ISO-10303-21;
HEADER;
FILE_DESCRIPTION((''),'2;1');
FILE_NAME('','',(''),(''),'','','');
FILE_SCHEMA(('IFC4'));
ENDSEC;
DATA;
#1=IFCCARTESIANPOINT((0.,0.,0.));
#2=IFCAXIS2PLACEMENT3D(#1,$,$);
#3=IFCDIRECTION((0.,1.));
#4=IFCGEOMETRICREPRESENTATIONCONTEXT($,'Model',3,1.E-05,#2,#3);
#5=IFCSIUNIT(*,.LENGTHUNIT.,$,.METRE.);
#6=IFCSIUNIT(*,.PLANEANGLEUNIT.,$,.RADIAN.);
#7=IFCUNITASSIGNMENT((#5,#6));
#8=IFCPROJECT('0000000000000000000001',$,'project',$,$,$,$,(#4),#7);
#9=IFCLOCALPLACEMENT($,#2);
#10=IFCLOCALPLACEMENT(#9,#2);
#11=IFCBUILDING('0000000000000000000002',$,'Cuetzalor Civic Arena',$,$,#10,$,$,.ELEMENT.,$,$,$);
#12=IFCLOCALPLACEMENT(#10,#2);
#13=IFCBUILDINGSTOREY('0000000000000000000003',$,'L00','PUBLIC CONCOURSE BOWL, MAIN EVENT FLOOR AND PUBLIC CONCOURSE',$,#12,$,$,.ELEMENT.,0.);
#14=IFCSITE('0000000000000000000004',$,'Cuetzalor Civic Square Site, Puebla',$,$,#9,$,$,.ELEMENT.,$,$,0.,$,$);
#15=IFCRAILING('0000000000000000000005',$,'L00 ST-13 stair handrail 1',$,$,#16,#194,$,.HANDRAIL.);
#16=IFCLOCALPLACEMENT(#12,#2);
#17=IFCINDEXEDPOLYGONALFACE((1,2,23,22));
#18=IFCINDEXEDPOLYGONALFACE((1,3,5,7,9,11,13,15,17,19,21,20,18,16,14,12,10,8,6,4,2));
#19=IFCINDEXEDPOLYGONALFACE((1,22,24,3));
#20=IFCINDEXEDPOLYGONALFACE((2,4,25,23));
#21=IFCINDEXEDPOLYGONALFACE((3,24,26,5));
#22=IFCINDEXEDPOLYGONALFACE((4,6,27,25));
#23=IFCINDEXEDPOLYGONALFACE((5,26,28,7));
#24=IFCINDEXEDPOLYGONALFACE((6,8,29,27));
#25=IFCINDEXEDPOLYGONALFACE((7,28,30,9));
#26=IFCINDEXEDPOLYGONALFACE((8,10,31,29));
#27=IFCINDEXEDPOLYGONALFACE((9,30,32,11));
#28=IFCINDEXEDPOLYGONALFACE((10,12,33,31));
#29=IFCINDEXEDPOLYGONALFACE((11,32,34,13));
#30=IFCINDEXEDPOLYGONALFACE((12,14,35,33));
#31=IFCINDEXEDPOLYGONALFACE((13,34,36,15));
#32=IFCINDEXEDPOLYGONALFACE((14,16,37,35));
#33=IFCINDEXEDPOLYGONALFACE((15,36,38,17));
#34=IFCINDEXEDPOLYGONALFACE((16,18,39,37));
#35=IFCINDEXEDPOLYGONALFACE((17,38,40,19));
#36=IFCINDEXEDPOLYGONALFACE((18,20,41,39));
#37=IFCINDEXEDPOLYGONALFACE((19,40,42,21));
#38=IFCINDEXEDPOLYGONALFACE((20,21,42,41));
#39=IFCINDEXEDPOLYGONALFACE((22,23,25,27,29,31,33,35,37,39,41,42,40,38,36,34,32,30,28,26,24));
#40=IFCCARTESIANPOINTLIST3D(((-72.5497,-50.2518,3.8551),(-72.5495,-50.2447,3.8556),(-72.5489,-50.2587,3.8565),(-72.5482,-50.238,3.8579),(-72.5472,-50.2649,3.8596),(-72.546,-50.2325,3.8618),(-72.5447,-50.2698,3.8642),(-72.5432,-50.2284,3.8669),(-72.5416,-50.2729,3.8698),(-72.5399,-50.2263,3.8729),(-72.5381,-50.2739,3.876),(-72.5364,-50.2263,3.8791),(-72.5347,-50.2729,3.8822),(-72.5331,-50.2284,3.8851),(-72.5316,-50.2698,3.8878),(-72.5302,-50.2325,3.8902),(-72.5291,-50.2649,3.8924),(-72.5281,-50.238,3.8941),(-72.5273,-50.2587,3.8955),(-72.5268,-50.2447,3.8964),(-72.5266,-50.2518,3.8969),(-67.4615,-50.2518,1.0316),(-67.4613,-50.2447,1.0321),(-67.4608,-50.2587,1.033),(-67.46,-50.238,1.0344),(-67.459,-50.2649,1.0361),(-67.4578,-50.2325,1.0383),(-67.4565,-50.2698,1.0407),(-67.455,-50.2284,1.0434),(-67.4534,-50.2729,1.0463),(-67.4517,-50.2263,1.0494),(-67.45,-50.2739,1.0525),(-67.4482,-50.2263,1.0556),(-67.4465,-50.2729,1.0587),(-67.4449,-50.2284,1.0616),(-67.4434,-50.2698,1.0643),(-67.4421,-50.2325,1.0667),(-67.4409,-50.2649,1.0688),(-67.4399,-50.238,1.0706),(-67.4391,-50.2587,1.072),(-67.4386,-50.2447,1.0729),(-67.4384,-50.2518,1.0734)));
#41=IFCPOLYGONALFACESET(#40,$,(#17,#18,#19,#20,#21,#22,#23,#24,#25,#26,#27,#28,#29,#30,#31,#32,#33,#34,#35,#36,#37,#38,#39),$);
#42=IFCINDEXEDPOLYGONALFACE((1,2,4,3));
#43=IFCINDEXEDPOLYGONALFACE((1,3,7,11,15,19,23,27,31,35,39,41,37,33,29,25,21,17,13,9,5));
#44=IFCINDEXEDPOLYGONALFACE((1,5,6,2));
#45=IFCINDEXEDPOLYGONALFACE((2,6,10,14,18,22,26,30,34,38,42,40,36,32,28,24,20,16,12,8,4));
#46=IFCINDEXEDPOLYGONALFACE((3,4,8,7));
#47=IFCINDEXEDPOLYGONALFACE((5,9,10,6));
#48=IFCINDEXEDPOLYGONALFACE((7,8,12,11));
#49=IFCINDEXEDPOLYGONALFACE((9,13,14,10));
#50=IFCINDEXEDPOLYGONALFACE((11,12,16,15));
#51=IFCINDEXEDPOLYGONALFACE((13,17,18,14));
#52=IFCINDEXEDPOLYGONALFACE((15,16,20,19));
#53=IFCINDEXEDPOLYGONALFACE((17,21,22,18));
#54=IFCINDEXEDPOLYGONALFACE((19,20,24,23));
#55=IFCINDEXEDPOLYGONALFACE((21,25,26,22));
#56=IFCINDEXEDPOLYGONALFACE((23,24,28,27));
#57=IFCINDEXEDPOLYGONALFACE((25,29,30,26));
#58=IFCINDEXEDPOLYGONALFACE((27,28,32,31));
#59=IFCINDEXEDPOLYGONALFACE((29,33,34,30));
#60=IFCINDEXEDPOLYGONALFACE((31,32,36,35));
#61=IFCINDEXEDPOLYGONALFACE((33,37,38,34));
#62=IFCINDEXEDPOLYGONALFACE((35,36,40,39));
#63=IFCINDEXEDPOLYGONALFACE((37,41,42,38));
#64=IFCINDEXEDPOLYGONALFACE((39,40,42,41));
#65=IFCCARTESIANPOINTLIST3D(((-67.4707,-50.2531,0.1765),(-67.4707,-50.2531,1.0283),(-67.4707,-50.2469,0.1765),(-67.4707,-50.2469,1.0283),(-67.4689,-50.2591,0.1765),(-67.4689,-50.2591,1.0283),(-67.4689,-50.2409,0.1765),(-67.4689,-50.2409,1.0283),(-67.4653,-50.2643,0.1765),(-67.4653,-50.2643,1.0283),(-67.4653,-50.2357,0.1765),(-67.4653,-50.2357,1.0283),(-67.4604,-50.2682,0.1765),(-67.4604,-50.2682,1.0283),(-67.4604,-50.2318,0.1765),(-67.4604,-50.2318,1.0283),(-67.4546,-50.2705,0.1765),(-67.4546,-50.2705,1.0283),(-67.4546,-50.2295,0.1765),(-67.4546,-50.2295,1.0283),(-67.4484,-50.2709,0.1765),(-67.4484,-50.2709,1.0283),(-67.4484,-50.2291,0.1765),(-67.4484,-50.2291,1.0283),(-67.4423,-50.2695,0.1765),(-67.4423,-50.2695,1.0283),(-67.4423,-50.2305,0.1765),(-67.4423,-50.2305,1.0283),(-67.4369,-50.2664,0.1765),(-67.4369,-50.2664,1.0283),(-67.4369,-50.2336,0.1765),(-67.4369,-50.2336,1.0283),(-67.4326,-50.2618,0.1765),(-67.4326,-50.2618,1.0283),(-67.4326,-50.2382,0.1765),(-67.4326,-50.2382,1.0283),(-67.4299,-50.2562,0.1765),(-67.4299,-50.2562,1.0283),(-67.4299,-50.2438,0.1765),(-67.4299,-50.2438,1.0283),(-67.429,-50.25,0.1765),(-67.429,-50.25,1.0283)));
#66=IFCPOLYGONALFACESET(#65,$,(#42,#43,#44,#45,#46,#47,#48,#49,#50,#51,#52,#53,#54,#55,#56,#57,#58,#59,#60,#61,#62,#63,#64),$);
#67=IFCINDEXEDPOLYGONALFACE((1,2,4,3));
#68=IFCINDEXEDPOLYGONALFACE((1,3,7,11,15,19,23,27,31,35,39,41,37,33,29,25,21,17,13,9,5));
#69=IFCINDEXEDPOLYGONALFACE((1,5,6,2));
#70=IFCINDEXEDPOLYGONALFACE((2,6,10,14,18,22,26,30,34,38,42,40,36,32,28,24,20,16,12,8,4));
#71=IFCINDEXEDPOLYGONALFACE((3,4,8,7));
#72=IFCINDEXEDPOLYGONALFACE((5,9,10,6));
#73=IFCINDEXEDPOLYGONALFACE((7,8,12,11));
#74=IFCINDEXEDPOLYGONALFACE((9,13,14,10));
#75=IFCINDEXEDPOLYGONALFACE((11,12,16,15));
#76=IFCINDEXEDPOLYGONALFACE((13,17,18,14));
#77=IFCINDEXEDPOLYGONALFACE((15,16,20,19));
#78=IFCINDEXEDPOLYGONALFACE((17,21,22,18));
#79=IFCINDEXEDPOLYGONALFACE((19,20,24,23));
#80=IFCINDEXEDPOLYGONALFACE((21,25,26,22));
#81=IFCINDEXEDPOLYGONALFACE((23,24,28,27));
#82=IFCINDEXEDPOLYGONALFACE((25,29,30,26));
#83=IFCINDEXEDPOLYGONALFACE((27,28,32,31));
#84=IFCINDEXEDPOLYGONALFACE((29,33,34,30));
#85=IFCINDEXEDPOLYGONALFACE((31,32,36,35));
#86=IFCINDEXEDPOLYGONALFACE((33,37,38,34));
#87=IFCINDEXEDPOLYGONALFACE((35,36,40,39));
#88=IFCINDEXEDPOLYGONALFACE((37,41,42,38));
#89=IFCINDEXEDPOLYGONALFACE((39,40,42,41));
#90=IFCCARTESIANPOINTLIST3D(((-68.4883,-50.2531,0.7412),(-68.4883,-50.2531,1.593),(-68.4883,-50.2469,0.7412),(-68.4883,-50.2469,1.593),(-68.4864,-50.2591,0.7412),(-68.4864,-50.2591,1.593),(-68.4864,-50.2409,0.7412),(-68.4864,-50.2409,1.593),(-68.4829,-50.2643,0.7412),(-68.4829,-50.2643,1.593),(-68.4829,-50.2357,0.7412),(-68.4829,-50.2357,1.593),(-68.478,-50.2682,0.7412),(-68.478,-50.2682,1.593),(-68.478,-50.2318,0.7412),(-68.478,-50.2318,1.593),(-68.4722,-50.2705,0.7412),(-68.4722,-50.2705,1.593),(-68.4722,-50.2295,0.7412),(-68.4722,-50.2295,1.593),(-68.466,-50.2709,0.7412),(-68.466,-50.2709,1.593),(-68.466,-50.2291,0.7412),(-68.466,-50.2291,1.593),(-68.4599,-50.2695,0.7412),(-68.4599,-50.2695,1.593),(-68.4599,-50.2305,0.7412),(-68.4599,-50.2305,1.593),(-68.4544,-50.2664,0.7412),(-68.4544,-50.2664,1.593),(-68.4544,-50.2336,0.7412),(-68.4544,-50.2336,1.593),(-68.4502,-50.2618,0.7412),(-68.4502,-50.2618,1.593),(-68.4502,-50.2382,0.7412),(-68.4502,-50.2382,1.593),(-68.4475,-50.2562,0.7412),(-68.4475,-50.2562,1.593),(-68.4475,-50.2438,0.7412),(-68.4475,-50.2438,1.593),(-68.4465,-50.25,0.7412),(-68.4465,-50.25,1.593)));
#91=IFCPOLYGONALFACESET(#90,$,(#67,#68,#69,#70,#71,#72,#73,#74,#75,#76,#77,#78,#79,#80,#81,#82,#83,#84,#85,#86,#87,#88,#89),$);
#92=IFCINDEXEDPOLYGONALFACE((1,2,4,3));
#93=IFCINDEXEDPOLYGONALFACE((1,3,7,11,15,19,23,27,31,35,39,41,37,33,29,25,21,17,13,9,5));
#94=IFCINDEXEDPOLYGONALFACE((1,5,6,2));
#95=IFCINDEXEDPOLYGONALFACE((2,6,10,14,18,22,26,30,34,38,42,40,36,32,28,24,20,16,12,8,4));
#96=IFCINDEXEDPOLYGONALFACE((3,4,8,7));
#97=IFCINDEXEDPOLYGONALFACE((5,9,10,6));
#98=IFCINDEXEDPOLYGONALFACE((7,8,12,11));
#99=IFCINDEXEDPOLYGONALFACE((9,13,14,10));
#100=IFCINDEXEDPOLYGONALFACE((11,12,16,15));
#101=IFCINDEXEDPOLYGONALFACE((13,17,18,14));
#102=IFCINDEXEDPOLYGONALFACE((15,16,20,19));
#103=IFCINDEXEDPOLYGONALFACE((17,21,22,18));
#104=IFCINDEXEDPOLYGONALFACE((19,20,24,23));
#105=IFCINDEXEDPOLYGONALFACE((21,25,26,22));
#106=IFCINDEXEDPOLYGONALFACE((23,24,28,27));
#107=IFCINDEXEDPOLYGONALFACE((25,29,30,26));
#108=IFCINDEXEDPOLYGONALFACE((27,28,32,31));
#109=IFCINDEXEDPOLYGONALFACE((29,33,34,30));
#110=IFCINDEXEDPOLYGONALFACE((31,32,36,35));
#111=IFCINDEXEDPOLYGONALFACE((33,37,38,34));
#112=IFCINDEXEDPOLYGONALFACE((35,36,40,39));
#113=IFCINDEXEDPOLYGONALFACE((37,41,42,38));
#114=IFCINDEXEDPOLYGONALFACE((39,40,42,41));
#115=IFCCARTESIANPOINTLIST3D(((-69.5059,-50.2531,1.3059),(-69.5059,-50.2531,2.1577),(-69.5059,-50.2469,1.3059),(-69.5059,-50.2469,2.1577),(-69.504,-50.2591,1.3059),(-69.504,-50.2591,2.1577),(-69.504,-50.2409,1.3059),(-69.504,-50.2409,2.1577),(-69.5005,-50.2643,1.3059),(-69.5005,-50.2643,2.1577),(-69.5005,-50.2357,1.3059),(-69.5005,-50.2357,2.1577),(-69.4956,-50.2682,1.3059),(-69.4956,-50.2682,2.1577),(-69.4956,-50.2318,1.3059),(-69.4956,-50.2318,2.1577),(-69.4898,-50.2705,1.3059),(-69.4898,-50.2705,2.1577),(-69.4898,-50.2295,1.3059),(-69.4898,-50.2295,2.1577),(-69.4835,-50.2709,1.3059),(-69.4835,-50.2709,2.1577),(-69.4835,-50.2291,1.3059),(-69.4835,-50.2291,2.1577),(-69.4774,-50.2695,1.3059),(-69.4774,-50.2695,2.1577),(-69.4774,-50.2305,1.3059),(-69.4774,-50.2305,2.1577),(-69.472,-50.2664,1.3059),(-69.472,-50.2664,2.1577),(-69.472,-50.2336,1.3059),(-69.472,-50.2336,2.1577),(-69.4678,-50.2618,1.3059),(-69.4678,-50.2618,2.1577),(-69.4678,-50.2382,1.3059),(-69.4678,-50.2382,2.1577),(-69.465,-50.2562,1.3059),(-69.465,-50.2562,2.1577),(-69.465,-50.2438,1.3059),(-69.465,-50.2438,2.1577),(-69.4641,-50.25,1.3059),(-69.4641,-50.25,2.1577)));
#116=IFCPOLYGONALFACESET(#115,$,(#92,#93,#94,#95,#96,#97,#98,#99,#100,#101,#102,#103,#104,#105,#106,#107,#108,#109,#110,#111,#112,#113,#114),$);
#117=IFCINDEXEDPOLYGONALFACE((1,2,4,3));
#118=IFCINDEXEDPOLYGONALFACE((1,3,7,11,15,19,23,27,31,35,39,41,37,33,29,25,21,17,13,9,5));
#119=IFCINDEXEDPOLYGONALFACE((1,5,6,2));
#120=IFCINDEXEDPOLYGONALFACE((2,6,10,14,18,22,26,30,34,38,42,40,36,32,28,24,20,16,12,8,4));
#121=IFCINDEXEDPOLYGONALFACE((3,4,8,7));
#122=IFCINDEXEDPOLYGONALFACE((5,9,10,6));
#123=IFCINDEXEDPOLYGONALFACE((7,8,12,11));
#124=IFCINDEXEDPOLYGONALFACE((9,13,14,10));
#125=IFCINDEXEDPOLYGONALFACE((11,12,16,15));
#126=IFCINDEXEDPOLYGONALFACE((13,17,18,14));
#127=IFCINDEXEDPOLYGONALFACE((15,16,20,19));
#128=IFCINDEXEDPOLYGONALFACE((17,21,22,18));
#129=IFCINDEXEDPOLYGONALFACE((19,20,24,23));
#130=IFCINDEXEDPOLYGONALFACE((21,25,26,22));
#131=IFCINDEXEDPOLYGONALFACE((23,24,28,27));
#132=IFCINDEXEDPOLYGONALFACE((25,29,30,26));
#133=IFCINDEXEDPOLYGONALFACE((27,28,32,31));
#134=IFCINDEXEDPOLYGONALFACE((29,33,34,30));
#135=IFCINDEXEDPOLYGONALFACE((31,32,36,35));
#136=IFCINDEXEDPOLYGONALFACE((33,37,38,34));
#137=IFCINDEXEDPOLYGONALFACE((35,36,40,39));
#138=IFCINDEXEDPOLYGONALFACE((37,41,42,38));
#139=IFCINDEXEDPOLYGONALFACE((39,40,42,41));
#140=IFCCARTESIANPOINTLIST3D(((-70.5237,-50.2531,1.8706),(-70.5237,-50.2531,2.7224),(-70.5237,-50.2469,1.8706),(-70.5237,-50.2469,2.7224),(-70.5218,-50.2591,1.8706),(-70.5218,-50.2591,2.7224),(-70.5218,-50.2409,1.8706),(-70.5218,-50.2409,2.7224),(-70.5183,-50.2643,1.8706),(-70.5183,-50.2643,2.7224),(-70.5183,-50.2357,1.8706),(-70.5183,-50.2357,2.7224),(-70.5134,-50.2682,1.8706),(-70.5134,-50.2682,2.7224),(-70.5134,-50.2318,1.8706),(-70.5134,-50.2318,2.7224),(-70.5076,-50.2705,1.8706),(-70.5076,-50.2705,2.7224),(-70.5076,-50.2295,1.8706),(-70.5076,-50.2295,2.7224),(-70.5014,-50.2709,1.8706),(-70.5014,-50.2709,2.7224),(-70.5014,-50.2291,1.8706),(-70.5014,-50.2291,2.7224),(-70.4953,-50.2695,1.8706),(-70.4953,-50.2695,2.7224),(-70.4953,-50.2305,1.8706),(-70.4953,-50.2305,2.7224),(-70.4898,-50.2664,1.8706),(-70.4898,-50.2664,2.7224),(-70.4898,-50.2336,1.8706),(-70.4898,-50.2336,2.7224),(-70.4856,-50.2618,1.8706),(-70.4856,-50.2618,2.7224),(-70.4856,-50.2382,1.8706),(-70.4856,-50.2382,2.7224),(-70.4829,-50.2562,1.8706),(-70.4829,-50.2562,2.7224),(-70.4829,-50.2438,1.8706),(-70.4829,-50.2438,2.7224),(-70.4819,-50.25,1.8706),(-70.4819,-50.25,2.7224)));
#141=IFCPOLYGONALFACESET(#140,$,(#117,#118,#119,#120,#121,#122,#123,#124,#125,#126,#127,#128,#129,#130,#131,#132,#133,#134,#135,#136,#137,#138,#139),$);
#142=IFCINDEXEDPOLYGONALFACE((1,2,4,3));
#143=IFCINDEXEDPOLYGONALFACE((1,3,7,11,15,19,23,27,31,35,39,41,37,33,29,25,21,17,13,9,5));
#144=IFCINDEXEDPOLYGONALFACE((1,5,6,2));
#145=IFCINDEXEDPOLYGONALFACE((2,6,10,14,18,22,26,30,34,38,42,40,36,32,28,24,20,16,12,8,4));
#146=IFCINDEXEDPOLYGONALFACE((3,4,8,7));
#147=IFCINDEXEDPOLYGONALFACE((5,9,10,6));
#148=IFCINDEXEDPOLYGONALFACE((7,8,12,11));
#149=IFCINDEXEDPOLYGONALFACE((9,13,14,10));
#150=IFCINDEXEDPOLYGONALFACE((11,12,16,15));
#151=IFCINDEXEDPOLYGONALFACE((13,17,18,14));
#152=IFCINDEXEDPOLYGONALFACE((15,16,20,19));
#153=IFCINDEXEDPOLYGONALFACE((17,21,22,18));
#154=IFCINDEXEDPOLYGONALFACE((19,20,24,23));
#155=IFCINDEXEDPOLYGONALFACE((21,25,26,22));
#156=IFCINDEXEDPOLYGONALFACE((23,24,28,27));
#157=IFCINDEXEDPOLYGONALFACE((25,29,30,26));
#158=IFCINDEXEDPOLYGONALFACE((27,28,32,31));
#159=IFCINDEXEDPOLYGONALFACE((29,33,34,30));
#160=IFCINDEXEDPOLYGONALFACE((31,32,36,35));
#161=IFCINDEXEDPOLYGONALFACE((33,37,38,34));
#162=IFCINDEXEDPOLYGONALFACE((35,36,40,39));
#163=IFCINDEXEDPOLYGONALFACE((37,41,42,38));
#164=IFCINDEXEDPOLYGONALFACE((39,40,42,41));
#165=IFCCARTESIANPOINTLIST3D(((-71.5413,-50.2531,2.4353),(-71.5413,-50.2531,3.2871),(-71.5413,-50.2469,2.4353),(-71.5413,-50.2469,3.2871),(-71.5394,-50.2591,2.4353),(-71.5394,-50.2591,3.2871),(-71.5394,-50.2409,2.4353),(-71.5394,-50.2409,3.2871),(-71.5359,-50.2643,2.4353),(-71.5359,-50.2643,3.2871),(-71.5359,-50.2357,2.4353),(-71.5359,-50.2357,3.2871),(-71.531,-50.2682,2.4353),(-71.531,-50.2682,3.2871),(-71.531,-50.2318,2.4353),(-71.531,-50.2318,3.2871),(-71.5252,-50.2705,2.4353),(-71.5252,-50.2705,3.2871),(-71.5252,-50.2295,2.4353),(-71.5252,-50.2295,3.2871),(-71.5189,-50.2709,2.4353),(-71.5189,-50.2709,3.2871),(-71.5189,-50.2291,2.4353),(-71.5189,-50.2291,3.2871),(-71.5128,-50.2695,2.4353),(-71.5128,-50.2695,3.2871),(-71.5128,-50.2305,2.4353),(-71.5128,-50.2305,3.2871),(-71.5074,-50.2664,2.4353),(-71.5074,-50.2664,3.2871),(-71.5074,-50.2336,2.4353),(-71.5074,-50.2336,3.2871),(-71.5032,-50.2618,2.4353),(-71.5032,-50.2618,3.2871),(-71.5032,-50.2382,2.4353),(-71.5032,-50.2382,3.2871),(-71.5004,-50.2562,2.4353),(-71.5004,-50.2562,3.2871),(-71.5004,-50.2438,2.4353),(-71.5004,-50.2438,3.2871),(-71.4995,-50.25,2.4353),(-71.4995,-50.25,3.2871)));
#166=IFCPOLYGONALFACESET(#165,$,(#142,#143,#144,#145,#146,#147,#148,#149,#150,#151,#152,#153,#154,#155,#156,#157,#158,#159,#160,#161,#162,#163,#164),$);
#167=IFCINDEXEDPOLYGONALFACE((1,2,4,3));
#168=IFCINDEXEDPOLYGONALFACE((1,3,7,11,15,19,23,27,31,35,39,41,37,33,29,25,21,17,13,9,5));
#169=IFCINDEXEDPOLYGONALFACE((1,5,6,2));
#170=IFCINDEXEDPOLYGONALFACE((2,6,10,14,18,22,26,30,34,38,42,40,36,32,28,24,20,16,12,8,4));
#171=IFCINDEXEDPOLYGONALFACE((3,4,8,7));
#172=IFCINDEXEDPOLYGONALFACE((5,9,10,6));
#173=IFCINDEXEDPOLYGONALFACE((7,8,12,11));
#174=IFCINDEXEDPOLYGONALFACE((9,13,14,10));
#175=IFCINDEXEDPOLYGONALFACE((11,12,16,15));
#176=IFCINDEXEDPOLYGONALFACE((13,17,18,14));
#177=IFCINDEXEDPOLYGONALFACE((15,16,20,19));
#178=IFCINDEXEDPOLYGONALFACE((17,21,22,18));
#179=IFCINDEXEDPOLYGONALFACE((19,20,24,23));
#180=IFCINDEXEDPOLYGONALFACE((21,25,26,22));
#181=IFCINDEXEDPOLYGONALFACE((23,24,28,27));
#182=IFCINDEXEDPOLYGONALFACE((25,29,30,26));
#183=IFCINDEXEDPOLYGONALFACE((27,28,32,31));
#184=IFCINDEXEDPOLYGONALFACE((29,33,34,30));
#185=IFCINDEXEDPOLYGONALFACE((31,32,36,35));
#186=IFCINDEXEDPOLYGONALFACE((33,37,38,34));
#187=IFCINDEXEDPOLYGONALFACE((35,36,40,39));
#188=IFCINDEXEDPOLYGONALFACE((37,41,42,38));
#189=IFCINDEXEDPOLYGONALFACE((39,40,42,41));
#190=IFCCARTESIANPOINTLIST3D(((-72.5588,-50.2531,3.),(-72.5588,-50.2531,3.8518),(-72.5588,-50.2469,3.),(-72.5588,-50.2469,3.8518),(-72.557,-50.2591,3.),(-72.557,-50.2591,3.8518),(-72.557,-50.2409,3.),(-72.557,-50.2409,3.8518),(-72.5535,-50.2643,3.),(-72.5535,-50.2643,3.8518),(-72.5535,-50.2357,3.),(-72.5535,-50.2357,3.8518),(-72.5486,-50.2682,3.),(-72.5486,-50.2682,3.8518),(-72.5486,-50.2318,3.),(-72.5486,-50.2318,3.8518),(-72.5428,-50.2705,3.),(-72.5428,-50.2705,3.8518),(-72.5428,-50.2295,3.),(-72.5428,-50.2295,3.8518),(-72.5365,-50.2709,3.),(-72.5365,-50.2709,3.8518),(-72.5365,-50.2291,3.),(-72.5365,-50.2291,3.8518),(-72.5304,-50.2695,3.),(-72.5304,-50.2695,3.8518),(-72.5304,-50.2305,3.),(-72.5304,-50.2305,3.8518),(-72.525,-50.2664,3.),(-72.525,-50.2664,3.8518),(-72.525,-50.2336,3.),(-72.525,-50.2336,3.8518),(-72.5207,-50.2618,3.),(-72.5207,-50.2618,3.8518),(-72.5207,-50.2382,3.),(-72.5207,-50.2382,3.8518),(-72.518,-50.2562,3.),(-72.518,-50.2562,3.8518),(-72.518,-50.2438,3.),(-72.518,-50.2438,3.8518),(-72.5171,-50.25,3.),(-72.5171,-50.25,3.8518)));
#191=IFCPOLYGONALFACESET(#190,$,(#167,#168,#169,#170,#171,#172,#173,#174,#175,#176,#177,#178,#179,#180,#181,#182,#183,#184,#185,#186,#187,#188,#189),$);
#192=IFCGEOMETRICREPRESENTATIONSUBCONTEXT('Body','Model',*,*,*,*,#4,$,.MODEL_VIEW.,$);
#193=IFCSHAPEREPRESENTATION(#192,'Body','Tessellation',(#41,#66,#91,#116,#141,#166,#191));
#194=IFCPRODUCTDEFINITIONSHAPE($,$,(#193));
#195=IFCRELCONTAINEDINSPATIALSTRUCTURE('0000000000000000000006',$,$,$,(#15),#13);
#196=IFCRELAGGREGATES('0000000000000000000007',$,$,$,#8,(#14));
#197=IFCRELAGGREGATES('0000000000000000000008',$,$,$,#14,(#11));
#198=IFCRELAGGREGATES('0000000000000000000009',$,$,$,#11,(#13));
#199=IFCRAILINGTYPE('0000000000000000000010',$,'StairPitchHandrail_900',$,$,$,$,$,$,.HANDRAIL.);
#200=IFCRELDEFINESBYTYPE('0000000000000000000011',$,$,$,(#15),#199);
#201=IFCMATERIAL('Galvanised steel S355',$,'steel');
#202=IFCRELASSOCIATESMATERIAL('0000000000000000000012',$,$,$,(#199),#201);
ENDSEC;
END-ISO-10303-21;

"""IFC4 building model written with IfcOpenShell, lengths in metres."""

from ifc_helpers import new_model, si_unit, direction, frame, origin, origin_2d, place, context, subcontext, project, spatial, circle, extrude, material, type_object, element, save


model = new_model("IFC4")

# Units and contexts
model_context = context("Model", 3, precision=1e-05, world=origin(), true_north=direction((0.0, 1.0)))
body_context = subcontext(model_context, "Body", "Model", "MODEL_VIEW")
ifc_project = project(units=[si_unit("LENGTHUNIT", "METRE"), si_unit("PLANEANGLEUNIT", "RADIAN")], contexts=[model_context])

# Site, building, storey
site_placement = place(None, origin())
site = spatial("IfcSite", under=ifc_project, at=site_placement, Name="Cuetzalor Civic Square Site, Puebla", CompositionType="ELEMENT", RefElevation=0.0)
building_placement = place(site_placement, origin())
building = spatial("IfcBuilding", under=site, at=building_placement, Name="Cuetzalor Civic Arena", CompositionType="ELEMENT")
storey_placement = place(building_placement, origin())
storey = spatial("IfcBuildingStorey", under=building, at=storey_placement, Name="L00", Description="PUBLIC CONCOURSE BOWL, MAIN EVENT FLOOR AND PUBLIC CONCOURSE", CompositionType="ELEMENT", Elevation=0.0)

# Railing
ifc_material_1 = material(Name="Galvanised steel S355", Category="steel")
railing_type_1 = type_object("IfcRailingType", Name="StairPitchHandrail_900", PredefinedType="HANDRAIL", material=ifc_material_1)
for number, where, name in (
    (1, (-67.45, -50.25, 0.1765), "L00 ST-13 stair handrail 1"),
):
    element("IfcRailing", number, at=place(storey_placement, frame(where)), inside=storey, type_object=railing_type_1, Name=name, PredefinedType="HANDRAIL", context=body_context, shape_type="SweptSolid", body=[
        extrude(circle(Radius=0.0239, at=origin_2d()), frame((0.0, 0.0, 0.876), z_axis=(-0.874395, 0.0, 0.485215), x_axis=(0.0, -1.0, 0.0)), (0.0, 0.0, 1.0), 5.8191),
        extrude(circle(Radius=0.021, at=origin_2d()), origin(), (0.0, 0.0, 1.0), 0.8518),
        extrude(circle(Radius=0.021, at=origin_2d()), frame((-1.0176, 0.0, 0.5647)), (0.0, 0.0, 1.0), 0.8518),
        extrude(circle(Radius=0.021, at=origin_2d()), frame((-2.0352, 0.0, 1.1294)), (0.0, 0.0, 1.0), 0.8518),
        extrude(circle(Radius=0.021, at=origin_2d()), frame((-3.053, 0.0, 1.6941)), (0.0, 0.0, 1.0), 0.8518),
        extrude(circle(Radius=0.021, at=origin_2d()), frame((-4.0706, 0.0, 2.2588)), (0.0, 0.0, 1.0), 0.8518),
        extrude(circle(Radius=0.021, at=origin_2d()), frame((-5.0881, 0.0, 2.8235)), (0.0, 0.0, 1.0), 0.8518),
    ])

save(model, "model.ifc")
